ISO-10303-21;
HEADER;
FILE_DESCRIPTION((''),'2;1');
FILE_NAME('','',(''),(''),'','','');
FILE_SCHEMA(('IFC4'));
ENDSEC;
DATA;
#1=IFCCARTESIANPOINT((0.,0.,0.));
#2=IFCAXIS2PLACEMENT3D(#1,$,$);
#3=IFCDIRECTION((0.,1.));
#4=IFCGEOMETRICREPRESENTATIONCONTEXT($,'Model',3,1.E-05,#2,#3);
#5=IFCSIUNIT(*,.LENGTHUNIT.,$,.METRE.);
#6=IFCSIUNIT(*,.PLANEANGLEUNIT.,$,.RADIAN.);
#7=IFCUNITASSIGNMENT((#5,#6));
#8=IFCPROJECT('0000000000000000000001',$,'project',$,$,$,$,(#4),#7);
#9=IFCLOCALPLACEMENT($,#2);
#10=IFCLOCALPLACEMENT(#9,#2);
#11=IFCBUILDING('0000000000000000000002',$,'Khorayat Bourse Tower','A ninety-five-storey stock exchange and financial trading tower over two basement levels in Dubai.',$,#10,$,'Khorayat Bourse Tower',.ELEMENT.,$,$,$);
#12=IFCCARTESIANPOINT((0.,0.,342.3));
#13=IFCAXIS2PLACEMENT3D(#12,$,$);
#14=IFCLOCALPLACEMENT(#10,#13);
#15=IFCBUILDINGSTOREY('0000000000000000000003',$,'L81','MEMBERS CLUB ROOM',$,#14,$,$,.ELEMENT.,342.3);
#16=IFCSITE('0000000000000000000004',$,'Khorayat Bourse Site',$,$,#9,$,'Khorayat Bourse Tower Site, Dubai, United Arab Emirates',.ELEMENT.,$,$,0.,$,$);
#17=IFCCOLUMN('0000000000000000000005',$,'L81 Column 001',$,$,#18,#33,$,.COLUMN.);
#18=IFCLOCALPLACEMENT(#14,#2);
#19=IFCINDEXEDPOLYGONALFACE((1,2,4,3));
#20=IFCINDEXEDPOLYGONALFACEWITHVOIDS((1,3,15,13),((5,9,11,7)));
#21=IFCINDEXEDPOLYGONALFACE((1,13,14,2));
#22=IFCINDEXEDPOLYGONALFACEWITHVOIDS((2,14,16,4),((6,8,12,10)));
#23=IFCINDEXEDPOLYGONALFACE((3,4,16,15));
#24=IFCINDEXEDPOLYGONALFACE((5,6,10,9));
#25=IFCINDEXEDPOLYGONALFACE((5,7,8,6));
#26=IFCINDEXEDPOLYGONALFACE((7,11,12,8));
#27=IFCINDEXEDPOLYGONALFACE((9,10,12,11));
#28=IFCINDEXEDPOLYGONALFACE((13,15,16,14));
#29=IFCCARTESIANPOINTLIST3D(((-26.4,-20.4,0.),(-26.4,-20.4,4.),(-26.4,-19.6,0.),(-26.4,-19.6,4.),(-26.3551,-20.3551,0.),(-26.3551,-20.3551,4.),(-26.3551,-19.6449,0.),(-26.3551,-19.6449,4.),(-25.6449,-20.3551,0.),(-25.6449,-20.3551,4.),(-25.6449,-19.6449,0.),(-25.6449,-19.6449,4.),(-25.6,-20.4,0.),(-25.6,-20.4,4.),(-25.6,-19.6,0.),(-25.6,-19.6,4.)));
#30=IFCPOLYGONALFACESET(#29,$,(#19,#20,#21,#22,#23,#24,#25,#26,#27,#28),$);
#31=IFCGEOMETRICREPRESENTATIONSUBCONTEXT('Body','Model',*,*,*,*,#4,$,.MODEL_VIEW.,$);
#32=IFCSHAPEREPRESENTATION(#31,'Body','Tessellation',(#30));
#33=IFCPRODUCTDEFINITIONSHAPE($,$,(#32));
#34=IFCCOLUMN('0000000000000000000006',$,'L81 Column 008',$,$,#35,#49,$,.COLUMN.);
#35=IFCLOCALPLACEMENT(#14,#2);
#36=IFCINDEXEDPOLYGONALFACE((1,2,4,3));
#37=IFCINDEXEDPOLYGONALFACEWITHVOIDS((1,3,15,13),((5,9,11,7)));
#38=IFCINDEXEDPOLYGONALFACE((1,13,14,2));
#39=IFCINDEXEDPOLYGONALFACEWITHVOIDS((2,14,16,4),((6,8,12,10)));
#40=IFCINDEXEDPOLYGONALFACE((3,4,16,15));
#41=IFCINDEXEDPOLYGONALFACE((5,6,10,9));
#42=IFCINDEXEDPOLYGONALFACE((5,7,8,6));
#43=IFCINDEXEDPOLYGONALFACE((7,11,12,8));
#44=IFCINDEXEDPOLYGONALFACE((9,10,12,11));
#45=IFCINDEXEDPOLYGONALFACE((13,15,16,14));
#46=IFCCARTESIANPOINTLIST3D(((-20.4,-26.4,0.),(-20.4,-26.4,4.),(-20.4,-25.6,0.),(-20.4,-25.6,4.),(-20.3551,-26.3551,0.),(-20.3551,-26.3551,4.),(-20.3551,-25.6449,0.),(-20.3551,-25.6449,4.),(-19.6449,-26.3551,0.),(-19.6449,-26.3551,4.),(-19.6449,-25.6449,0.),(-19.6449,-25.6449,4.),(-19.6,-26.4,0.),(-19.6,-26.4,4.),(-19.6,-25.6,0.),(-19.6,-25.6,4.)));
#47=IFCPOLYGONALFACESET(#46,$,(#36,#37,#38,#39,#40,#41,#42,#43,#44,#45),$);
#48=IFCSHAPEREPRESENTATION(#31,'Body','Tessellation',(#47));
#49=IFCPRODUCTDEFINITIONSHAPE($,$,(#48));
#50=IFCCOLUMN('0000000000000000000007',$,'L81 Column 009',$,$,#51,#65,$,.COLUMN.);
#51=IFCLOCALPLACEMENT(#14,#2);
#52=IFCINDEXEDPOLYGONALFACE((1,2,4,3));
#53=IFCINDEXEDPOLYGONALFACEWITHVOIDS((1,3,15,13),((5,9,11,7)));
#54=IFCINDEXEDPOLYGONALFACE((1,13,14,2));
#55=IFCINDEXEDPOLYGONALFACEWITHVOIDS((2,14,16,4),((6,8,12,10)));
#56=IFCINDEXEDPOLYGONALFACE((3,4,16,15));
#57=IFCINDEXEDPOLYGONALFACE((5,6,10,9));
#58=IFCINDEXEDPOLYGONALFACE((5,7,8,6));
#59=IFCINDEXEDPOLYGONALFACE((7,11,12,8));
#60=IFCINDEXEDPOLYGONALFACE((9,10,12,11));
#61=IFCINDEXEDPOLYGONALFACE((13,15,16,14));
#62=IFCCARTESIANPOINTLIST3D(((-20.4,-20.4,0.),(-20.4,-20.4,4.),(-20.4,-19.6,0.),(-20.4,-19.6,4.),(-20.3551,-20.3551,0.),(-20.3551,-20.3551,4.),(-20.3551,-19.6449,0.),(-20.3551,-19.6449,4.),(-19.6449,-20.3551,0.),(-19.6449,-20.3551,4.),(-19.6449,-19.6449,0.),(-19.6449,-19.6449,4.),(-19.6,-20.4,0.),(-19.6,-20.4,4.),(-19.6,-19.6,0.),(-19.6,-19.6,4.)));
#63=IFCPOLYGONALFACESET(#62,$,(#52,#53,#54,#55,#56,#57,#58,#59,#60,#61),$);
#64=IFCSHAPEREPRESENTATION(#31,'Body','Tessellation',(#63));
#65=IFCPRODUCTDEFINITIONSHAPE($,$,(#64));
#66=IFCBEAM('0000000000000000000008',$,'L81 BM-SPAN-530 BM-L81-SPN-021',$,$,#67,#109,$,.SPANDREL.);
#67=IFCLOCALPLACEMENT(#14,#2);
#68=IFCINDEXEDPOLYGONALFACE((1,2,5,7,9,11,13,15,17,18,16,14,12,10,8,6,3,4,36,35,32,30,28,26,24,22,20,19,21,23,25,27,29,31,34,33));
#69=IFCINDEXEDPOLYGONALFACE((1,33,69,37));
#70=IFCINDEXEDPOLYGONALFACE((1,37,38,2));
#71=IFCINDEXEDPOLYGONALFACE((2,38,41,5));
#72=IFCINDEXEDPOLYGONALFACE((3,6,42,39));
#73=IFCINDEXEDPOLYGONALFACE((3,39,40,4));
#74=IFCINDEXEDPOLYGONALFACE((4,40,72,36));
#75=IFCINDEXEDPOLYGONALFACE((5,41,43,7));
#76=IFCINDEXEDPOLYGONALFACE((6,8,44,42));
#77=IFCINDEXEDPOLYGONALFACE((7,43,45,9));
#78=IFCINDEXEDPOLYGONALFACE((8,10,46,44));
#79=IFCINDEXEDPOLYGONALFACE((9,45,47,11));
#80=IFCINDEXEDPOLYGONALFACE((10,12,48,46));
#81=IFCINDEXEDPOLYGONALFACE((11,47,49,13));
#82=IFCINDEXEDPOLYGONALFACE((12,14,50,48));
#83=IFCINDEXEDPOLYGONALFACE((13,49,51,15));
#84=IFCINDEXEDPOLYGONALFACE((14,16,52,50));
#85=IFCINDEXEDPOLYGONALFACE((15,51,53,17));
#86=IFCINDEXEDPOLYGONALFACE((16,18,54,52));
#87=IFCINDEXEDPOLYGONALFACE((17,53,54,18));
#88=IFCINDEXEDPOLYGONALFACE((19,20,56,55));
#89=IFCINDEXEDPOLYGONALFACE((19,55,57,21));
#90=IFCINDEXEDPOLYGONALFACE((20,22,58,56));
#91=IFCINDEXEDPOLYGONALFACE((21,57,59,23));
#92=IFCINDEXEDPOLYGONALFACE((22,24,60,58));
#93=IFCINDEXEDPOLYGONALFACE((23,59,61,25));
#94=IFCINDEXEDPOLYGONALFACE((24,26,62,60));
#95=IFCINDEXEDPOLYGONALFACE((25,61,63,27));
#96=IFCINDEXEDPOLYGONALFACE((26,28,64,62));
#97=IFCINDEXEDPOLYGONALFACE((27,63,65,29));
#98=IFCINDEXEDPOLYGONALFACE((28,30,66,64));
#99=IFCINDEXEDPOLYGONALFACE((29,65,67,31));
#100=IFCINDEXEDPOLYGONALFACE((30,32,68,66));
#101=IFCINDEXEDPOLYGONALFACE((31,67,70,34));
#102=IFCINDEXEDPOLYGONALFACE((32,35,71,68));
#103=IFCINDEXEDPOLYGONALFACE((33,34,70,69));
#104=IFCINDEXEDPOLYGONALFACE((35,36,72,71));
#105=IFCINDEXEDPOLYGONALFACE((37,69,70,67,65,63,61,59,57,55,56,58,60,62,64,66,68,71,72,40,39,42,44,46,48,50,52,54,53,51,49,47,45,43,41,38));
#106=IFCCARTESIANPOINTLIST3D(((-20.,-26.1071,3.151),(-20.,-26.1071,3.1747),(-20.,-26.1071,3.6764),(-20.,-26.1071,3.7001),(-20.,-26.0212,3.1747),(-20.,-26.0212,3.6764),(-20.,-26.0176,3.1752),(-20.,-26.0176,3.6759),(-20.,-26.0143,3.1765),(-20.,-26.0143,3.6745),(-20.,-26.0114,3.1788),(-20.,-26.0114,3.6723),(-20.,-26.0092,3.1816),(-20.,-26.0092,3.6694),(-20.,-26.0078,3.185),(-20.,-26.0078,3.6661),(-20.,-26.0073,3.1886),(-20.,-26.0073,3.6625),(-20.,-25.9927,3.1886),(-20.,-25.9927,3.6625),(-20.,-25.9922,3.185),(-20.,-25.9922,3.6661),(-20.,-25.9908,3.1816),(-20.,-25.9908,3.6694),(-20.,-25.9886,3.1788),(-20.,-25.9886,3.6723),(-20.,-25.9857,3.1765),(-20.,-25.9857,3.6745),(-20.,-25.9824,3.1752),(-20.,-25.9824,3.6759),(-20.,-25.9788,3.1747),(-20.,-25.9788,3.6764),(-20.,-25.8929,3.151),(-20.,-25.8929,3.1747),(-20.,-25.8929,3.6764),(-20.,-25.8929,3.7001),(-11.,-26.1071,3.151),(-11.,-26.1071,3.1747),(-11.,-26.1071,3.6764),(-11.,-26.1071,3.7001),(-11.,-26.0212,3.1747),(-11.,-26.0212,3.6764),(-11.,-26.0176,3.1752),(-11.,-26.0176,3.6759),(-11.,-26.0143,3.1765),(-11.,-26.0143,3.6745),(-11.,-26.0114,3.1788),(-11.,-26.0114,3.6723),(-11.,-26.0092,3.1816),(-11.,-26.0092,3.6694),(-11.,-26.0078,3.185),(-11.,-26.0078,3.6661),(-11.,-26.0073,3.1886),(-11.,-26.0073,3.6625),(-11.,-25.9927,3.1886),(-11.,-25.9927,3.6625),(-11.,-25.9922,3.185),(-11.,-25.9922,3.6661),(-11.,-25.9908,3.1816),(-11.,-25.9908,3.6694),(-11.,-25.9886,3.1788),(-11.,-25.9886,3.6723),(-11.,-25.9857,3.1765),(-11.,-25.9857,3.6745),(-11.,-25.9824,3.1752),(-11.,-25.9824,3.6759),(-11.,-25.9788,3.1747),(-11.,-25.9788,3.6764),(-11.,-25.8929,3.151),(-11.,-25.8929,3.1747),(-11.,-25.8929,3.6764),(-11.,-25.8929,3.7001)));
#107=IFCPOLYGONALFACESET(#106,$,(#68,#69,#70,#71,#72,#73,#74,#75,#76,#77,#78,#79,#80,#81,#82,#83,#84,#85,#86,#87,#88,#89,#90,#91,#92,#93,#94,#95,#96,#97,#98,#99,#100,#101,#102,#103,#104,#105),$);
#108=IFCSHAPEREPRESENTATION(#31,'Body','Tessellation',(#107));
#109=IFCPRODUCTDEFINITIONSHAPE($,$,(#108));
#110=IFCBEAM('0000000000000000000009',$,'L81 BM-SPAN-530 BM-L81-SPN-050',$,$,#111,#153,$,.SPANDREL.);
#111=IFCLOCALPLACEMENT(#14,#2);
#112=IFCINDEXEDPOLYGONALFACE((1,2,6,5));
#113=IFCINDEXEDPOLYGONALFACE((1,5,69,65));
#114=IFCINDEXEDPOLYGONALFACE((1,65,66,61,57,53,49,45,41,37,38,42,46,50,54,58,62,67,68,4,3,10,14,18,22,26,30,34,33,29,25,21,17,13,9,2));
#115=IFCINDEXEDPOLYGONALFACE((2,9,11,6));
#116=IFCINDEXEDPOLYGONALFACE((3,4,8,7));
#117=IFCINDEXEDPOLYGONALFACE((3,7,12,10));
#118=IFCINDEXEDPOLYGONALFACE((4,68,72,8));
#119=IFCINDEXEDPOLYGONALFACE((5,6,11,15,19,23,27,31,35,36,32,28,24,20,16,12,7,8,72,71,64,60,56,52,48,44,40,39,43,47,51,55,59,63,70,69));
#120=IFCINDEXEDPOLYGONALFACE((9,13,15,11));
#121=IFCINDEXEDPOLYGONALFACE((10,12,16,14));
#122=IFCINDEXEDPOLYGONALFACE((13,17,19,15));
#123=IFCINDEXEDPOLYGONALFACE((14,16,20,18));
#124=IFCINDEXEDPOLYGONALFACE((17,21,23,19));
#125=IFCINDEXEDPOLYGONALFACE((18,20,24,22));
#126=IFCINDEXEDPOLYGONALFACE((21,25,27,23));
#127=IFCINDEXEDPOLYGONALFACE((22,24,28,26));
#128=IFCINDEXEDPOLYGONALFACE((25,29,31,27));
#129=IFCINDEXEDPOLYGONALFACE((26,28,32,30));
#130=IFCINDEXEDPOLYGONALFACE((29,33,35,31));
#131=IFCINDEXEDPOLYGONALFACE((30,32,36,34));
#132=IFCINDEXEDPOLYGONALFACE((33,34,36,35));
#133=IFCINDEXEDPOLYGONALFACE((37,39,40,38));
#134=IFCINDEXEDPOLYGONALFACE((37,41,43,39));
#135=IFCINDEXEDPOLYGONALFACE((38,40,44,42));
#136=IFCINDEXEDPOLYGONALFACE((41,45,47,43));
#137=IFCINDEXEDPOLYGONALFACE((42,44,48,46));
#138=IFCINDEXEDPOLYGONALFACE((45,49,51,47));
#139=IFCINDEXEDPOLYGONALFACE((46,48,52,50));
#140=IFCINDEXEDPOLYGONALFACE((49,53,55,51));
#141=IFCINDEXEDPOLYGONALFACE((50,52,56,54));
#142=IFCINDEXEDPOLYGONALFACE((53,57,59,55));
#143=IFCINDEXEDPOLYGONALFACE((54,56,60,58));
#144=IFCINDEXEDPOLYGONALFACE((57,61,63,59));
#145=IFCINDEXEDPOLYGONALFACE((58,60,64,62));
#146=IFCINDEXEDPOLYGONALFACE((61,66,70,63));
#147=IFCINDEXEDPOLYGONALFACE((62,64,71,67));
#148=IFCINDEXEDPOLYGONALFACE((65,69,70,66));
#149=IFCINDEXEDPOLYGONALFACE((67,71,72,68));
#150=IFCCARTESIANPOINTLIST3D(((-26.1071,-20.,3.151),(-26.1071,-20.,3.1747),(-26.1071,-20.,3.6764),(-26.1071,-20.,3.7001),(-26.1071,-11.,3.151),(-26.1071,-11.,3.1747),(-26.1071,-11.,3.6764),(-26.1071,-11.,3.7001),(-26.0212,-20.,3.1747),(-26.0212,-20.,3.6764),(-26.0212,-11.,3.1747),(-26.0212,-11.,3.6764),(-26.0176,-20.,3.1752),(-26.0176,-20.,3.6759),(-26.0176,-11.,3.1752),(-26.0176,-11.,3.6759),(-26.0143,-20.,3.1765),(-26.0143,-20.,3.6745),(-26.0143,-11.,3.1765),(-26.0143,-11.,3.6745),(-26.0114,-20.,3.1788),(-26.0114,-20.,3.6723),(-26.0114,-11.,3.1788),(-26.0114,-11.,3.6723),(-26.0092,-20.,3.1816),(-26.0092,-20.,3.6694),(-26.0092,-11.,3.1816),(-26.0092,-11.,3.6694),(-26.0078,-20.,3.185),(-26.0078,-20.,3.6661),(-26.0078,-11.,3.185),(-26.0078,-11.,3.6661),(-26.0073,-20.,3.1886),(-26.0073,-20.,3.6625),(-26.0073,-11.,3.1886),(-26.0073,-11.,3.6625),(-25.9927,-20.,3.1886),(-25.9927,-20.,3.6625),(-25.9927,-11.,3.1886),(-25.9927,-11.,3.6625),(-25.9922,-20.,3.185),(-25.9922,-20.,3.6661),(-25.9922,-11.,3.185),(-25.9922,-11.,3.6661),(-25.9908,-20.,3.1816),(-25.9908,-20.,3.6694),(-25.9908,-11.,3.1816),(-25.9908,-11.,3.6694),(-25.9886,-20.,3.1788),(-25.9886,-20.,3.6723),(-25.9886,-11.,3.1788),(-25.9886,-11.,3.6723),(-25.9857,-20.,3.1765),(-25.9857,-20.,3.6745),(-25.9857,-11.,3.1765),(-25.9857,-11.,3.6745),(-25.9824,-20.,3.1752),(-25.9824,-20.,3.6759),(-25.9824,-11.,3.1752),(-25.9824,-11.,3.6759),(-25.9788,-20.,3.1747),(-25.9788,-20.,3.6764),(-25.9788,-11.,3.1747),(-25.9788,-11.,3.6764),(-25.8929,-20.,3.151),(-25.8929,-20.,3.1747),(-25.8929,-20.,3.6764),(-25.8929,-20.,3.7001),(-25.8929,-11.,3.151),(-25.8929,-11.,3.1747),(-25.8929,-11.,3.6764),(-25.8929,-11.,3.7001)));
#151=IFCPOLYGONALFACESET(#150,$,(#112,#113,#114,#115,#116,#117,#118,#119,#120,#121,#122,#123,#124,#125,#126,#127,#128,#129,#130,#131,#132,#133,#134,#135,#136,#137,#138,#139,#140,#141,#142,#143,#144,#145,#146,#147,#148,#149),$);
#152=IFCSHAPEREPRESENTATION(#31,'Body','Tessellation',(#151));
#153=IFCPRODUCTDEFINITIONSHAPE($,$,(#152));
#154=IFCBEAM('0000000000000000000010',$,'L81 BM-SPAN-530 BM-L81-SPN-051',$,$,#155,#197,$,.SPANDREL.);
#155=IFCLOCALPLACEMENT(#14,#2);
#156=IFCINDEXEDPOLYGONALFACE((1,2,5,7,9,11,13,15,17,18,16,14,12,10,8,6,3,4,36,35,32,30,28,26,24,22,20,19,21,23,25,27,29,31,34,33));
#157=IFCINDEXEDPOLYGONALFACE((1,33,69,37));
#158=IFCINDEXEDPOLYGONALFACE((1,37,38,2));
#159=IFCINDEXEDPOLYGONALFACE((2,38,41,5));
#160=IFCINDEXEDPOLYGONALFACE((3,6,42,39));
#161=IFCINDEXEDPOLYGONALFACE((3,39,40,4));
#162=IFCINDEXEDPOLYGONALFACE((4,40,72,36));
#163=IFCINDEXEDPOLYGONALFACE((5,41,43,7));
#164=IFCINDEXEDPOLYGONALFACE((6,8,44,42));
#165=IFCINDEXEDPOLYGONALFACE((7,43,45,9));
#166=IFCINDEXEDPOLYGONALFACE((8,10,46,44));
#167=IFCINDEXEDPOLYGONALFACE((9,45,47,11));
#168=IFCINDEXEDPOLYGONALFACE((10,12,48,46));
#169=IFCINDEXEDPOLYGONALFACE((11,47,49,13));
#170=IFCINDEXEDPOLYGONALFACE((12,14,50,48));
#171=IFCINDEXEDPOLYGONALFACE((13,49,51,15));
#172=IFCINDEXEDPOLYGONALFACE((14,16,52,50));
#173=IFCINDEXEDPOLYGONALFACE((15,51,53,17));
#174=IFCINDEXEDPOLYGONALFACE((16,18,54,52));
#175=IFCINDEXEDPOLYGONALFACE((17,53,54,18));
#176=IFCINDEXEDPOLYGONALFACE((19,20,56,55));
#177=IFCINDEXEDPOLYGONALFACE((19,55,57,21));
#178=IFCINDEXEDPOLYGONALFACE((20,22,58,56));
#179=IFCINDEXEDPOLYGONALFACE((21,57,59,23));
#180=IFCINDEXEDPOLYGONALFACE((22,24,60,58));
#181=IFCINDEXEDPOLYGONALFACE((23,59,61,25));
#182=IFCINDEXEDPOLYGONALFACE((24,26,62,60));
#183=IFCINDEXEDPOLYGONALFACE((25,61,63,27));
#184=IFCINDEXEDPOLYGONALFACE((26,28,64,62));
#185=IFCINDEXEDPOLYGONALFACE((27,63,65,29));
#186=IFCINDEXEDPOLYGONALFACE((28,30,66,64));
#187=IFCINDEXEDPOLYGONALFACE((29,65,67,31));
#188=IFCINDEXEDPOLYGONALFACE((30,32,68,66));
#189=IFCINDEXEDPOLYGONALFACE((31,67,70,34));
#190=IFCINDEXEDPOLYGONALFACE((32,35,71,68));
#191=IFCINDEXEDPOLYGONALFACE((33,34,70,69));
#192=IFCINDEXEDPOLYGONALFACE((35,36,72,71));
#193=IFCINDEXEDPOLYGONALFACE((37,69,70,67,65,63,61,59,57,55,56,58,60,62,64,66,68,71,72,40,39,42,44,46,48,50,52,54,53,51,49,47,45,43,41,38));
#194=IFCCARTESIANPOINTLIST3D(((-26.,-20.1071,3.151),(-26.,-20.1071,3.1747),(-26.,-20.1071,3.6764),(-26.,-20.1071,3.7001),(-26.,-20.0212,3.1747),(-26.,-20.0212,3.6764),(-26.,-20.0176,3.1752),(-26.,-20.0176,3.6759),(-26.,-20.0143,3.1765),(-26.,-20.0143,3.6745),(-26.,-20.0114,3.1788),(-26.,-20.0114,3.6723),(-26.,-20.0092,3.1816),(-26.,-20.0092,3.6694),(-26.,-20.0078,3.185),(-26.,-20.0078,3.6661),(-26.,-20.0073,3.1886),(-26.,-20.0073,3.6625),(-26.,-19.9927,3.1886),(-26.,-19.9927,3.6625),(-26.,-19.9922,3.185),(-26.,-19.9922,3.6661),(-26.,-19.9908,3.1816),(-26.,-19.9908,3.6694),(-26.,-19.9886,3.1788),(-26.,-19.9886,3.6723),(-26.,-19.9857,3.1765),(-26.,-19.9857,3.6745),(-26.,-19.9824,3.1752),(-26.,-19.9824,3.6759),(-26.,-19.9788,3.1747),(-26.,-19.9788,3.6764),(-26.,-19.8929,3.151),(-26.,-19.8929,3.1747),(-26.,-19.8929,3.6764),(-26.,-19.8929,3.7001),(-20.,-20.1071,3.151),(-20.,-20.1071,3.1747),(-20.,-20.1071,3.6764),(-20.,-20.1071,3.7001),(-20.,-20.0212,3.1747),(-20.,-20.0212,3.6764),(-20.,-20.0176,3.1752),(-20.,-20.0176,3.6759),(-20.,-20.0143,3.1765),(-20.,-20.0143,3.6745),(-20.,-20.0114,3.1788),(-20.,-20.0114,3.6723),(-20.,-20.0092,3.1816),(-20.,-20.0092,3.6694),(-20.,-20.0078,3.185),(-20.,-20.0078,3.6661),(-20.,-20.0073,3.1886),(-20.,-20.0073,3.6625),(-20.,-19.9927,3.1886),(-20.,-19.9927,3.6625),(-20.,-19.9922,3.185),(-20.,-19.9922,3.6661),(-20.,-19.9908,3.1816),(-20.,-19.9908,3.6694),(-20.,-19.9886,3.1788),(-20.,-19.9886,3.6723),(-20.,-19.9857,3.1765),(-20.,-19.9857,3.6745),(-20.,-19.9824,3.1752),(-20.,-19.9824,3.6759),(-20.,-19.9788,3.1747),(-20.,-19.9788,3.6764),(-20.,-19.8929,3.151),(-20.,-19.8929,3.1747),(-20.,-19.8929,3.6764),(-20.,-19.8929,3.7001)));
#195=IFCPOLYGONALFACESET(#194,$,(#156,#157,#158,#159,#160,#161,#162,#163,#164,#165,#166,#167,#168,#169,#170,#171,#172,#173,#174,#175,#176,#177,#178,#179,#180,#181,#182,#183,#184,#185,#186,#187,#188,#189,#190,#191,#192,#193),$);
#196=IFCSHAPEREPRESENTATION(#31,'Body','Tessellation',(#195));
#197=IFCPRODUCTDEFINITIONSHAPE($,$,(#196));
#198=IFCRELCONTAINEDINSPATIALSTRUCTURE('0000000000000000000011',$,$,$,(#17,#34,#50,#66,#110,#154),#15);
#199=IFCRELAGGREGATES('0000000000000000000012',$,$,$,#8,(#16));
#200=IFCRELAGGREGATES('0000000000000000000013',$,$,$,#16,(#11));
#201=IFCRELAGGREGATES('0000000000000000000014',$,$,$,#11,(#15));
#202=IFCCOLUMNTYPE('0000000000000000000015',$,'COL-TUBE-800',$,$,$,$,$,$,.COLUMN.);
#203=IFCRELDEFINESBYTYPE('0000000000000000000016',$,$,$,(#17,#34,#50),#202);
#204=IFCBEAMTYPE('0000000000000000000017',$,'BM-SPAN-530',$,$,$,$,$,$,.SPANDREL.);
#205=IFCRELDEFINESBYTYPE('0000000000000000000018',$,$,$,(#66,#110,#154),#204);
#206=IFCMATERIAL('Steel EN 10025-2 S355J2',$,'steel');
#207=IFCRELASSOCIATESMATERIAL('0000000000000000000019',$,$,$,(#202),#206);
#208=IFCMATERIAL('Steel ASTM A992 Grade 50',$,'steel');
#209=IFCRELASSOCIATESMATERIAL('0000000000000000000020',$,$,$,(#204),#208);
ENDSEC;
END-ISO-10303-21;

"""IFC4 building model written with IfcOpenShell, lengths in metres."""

from ifc_helpers import new_model, si_unit, direction, frame, origin, origin_2d, place, context, subcontext, project, spatial, hollow_rectangle, i_section, extrude, source, transform, mapped, material, material_profile, profile_set, type_object, element, save


model = new_model("IFC4")

# Units and contexts
model_context = context("Model", 3, precision=1e-05, world=origin(), true_north=direction((0.0, 1.0)))
body_context = subcontext(model_context, "Body", "Model", "MODEL_VIEW")
ifc_project = project(units=[si_unit("LENGTHUNIT", "METRE"), si_unit("PLANEANGLEUNIT", "RADIAN")], contexts=[model_context])

# Site, building, storey
site_placement = place(None, origin())
site = spatial("IfcSite", under=ifc_project, at=site_placement, Name="Khorayat Bourse Site", LongName="Khorayat Bourse Tower Site, Dubai, United Arab Emirates", CompositionType="ELEMENT", RefElevation=0.0)
building_placement = place(site_placement, origin())
building = spatial("IfcBuilding", under=site, at=building_placement, Name="Khorayat Bourse Tower", Description="A ninety-five-storey stock exchange and financial trading tower over two basement levels in Dubai.", LongName="Khorayat Bourse Tower", CompositionType="ELEMENT")
storey_placement = place(building_placement, frame((0.0, 0.0, 342.3)))
storey = spatial("IfcBuildingStorey", under=building, at=storey_placement, Name="L81", Description="MEMBERS CLUB ROOM", CompositionType="ELEMENT", Elevation=342.3)

# Columns
ifc_material_1 = material(Name="Steel EN 10025-2 S355J2", Category="steel")
ifc_material_profile_1 = material_profile(ifc_material_1, hollow_rectangle(XDim=0.8, YDim=0.8, WallThickness=0.0449, at=origin_2d()), Name="BOX 800x800x45")
ifc_profile_set_1 = profile_set([ifc_material_profile_1], Name="Steel EN 10025-2 S355J2")
column_type = type_object("IfcColumnType", Name="COL-TUBE-800", PredefinedType="COLUMN", material=ifc_profile_set_1)
shared_shape_1 = source(origin(), body_context, "Body", "SweptSolid", [
    extrude(hollow_rectangle(XDim=0.8, YDim=0.8, WallThickness=0.0449, at=origin_2d()), origin(), (0.0, 0.0, 1.0), 4.0),
])
for number, where, z_axis, x_axis, name in (
    (1, (-26.0, -20.0, 0.0), (0.0, 0.0, 1.0), (1.0, 0.0, 0.0), "L81 Column 001"),
    (2, (-20.0, -26.0, 0.0), (0.0, 0.0, 1.0), (1.0, 0.0, 0.0), "L81 Column 008"),
    (3, (-20.0, -20.0, 0.0), (0.0, 0.0, 1.0), (1.0, 0.0, 0.0), "L81 Column 009"),
):
    element("IfcColumn", number, at=place(storey_placement, frame(where, z_axis=z_axis, x_axis=x_axis)), inside=storey, type_object=column_type, Name=name, PredefinedType="COLUMN", context=body_context, shape_type="MappedRepresentation", body=[
        mapped(shared_shape_1, transform((0.0, 0.0, 0.0), scale=1.0)),
    ])

# Beams
ifc_material_2 = material(Name="Steel ASTM A992 Grade 50", Category="steel")
ifc_material_profile_2 = material_profile(ifc_material_2, i_section(OverallWidth=0.2141, OverallDepth=0.5491, WebThickness=0.0146, FlangeThickness=0.0237, FilletRadius=0.0139, at=origin_2d()), Name="W530X138")
ifc_profile_set_2 = profile_set([ifc_material_profile_2], Name="Steel ASTM A992 Grade 50")
beam_type_1 = type_object("IfcBeamType", Name="BM-SPAN-530", PredefinedType="SPANDREL", material=ifc_profile_set_2)
shared_shape_2 = source(origin(), body_context, "Body", "SweptSolid", [
    extrude(i_section(OverallWidth=0.2141, OverallDepth=0.5491, WebThickness=0.0146, FlangeThickness=0.0237, FilletRadius=0.0139, at=origin_2d()), origin(), (0.0, 0.0, 1.0), 9.0),
])
for number, where, z_axis, x_axis, name in (
    (4, (-20.0, -26.0, 3.4255), (1.0, 0.0, 0.0), (0.0, 1.0, 0.0), "L81 BM-SPAN-530 BM-L81-SPN-021"),
    (5, (-26.0, -20.0, 3.4255), (0.0, 1.0, 0.0), (-1.0, 0.0, 0.0), "L81 BM-SPAN-530 BM-L81-SPN-050"),
):
    element("IfcBeam", number, at=place(storey_placement, frame(where, z_axis=z_axis, x_axis=x_axis)), inside=storey, type_object=beam_type_1, Name=name, PredefinedType="SPANDREL", context=body_context, shape_type="MappedRepresentation", body=[
        mapped(shared_shape_2, transform((0.0, 0.0, 0.0), scale=1.0)),
    ])
shared_shape_3 = source(origin(), body_context, "Body", "SweptSolid", [
    extrude(i_section(OverallWidth=0.2141, OverallDepth=0.5491, WebThickness=0.0146, FlangeThickness=0.0237, FilletRadius=0.0139, at=origin_2d()), origin(), (0.0, 0.0, 1.0), 6.0),
])
for number, where, z_axis, x_axis, name in (
    (6, (-26.0, -20.0, 3.4255), (1.0, 0.0, 0.0), (0.0, 1.0, 0.0), "L81 BM-SPAN-530 BM-L81-SPN-051"),
):
    element("IfcBeam", number, at=place(storey_placement, frame(where, z_axis=z_axis, x_axis=x_axis)), inside=storey, type_object=beam_type_1, Name=name, PredefinedType="SPANDREL", context=body_context, shape_type="MappedRepresentation", body=[
        mapped(shared_shape_3, transform((0.0, 0.0, 0.0), scale=1.0)),
    ])

save(model, "model.ifc")
